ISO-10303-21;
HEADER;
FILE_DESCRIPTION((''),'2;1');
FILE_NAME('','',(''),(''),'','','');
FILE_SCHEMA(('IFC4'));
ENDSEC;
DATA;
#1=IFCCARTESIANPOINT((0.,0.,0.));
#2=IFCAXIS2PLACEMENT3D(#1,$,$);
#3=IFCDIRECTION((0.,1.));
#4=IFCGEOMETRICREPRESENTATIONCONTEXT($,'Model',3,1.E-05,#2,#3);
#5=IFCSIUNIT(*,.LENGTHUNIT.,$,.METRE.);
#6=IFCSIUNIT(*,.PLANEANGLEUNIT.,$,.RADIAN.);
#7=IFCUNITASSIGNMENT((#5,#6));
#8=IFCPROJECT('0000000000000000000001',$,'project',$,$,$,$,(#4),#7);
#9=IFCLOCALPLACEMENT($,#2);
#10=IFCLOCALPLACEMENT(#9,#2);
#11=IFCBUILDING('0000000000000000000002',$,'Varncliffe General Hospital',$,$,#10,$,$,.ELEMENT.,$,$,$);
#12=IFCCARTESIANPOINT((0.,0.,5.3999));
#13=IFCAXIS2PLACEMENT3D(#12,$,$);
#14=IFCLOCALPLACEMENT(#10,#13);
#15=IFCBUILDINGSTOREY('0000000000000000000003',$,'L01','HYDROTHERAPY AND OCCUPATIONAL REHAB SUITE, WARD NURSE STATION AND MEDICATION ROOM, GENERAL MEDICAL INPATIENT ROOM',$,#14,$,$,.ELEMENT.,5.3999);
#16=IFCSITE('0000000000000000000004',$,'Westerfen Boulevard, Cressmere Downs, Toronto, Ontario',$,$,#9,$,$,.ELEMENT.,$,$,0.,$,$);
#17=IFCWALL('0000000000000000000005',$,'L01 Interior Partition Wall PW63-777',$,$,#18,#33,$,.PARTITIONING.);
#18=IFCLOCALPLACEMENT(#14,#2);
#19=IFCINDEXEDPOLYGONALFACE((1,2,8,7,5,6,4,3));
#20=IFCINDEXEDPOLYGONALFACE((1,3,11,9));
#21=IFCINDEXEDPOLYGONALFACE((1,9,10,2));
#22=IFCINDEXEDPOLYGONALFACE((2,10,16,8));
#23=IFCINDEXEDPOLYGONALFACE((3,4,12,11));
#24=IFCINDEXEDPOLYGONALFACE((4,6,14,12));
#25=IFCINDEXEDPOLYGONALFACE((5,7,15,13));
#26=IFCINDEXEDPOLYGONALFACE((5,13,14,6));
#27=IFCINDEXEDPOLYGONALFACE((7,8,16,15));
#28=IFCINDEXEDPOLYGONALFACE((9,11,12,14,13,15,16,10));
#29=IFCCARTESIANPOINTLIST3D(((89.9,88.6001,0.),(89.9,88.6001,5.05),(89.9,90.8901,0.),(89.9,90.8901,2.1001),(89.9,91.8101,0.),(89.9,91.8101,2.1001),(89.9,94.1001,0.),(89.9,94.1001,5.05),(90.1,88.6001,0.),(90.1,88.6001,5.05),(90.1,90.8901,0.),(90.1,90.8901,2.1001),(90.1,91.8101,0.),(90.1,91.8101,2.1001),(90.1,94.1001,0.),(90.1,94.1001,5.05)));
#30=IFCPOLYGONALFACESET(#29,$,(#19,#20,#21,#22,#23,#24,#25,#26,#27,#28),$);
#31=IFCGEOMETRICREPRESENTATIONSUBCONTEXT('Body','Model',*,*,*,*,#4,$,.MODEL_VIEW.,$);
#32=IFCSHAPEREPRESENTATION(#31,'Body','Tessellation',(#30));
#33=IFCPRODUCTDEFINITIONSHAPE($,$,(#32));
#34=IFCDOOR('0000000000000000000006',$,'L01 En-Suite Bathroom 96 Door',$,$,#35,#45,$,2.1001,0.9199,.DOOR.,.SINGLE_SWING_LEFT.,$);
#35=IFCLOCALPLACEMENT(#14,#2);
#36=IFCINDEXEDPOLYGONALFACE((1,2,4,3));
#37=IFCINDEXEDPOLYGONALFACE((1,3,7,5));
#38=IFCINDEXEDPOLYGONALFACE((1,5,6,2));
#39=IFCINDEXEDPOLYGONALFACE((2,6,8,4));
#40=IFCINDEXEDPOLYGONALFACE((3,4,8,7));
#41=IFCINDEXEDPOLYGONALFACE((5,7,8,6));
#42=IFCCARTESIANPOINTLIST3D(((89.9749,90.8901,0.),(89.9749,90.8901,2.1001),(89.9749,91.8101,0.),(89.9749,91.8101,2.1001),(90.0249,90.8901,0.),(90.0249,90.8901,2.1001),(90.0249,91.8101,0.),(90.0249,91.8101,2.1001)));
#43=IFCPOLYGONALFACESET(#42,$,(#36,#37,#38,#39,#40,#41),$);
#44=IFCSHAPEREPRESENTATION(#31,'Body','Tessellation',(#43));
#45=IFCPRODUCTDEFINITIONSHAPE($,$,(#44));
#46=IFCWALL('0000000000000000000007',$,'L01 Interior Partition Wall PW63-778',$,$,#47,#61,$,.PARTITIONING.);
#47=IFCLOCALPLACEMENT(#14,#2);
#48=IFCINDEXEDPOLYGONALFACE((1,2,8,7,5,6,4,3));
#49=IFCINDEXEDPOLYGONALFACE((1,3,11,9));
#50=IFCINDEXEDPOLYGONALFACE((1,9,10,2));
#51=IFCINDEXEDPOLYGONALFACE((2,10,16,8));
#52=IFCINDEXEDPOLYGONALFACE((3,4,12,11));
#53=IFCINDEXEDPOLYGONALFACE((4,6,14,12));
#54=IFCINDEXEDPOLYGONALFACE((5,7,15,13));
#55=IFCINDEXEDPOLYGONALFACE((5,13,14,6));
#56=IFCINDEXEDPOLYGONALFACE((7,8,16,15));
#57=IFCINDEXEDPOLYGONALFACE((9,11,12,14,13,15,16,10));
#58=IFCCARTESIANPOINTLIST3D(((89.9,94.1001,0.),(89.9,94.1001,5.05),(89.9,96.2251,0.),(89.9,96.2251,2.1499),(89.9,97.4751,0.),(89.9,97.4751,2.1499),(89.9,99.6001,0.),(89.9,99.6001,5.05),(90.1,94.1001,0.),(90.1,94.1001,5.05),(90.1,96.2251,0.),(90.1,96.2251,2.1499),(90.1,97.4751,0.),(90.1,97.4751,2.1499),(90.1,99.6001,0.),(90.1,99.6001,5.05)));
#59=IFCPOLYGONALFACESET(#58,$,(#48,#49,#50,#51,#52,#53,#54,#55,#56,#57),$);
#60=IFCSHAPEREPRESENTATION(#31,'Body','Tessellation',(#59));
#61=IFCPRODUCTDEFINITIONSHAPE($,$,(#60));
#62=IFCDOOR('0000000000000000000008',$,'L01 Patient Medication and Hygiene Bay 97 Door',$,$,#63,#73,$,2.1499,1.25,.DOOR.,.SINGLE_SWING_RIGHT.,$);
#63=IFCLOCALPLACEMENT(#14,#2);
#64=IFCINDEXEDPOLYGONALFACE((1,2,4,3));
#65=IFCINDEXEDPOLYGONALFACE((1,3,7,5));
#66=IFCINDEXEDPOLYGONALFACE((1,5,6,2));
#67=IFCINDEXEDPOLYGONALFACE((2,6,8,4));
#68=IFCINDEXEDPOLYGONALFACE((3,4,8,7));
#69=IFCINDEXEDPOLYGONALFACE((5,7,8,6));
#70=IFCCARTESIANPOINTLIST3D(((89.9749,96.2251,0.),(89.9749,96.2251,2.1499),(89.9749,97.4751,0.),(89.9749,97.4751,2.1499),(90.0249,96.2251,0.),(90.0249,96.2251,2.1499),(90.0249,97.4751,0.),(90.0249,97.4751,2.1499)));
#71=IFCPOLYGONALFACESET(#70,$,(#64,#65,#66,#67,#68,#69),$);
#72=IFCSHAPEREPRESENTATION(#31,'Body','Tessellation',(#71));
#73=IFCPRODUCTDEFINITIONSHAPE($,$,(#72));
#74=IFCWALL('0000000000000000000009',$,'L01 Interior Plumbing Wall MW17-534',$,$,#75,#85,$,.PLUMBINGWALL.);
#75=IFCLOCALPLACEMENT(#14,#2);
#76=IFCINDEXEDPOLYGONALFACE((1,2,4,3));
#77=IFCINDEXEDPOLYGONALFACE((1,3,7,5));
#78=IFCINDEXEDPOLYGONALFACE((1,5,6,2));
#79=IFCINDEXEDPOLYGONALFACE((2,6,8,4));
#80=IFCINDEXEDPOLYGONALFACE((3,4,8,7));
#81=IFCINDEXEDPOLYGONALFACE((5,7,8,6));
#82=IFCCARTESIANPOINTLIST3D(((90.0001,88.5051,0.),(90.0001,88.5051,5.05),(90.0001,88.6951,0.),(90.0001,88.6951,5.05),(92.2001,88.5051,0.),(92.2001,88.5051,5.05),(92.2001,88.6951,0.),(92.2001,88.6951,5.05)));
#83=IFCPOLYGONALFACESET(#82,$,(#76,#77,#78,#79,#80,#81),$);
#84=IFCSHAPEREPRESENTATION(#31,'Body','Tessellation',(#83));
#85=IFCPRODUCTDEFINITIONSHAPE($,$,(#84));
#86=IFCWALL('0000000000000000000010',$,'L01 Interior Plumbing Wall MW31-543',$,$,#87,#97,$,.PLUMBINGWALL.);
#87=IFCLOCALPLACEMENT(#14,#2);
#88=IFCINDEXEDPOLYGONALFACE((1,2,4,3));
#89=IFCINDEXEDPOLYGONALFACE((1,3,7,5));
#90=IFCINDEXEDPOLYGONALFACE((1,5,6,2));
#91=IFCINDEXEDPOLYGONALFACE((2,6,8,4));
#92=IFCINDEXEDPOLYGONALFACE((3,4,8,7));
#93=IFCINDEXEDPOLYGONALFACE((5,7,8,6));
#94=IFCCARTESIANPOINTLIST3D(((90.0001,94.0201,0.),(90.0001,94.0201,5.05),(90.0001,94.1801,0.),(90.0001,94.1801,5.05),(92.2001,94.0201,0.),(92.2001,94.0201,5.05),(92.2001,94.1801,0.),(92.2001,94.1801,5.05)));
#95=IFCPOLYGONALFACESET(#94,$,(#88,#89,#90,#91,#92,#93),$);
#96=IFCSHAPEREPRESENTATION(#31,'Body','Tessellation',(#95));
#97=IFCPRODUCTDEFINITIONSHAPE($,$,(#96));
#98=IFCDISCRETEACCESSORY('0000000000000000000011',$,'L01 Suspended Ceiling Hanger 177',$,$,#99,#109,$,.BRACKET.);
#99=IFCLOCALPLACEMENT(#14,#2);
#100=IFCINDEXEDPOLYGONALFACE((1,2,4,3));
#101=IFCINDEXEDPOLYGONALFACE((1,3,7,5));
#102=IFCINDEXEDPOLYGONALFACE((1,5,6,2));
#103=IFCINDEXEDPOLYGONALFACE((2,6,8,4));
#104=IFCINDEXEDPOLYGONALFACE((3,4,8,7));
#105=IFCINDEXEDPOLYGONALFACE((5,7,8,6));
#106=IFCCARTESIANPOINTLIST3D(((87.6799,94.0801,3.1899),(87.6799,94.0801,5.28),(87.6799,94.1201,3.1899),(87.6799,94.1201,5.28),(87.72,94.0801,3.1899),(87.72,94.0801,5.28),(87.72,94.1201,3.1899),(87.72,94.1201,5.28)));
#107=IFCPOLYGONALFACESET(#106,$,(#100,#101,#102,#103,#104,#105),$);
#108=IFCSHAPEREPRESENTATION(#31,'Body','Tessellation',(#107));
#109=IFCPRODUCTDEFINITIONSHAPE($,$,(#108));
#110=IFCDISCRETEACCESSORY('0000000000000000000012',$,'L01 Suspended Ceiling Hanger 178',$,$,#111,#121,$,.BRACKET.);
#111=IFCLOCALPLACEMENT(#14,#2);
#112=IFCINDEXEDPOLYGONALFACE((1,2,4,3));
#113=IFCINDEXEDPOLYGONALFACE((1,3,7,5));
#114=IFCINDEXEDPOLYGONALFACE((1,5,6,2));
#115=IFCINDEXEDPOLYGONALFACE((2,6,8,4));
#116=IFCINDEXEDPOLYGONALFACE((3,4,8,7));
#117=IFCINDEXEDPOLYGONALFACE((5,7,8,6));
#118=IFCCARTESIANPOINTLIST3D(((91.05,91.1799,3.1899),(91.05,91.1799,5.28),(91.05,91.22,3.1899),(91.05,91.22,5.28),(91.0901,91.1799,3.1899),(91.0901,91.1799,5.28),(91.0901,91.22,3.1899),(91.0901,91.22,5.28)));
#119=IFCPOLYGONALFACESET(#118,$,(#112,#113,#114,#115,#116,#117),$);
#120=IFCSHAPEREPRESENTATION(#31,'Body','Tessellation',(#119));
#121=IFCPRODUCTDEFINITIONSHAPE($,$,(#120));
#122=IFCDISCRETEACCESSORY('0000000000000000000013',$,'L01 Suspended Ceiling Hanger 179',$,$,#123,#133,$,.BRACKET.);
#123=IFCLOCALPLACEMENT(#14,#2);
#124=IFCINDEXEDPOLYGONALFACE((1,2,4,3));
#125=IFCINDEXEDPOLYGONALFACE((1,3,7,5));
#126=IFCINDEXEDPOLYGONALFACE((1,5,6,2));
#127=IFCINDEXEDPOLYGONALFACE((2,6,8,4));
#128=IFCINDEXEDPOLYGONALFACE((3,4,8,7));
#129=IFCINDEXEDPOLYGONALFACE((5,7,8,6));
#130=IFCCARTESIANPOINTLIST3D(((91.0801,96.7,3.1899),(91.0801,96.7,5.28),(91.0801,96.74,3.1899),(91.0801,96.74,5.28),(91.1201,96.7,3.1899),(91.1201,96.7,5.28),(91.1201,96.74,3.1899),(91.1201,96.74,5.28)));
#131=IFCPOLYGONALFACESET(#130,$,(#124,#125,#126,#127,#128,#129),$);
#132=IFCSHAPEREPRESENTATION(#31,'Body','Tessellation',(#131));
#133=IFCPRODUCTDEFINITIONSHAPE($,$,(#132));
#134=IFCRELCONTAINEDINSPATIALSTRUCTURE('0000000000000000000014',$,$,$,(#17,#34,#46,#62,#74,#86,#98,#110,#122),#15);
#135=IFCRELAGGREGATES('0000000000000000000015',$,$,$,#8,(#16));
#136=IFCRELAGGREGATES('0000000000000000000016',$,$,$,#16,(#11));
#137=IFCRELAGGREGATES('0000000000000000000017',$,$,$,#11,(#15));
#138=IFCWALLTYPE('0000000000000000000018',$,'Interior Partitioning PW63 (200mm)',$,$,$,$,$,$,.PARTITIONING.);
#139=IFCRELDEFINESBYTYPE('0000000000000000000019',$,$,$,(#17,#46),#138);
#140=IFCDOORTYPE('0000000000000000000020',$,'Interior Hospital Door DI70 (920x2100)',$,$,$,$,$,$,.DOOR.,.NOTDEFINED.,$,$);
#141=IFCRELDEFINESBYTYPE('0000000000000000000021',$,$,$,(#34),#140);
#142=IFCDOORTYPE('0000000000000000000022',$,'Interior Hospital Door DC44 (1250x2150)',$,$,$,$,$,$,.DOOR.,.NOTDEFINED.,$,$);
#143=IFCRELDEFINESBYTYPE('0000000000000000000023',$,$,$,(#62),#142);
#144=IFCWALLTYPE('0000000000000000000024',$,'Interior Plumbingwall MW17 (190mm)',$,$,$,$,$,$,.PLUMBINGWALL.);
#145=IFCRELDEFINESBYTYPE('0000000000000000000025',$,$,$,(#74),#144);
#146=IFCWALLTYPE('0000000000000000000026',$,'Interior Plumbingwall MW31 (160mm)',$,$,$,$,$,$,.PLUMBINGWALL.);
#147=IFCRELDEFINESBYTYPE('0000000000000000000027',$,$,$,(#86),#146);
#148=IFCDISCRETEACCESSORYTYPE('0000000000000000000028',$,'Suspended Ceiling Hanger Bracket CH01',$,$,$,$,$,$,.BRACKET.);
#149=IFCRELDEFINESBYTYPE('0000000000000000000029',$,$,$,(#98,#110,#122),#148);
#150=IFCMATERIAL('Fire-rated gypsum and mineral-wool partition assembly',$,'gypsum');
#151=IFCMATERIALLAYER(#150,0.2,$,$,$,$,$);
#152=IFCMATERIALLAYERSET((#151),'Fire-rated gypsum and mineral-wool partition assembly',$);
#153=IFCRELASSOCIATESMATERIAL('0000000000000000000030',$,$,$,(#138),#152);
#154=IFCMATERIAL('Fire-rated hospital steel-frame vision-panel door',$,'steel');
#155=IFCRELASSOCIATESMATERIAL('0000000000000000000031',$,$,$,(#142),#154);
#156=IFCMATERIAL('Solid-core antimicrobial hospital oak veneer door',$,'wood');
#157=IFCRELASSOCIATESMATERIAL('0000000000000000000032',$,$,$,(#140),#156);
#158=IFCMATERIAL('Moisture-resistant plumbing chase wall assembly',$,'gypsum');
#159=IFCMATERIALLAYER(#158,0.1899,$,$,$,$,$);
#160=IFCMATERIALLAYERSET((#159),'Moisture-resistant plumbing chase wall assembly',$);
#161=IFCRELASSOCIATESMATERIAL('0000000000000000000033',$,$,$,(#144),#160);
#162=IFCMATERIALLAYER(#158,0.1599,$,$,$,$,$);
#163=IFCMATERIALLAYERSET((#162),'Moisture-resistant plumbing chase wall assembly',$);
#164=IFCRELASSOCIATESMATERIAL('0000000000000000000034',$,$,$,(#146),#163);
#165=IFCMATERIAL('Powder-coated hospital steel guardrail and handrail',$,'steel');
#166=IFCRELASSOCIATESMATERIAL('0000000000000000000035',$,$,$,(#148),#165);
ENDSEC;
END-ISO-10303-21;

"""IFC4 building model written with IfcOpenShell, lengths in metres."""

from ifc_helpers import new_model, si_unit, direction, frame, frame_2d, origin, origin_2d, place, context, subcontext, project, spatial, rectangle, extrude, material, layer, layer_set, type_object, element, fill, save


model = new_model("IFC4")

# Units and contexts
model_context = context("Model", 3, precision=1e-05, world=origin(), true_north=direction((0.0, 1.0)))
body_context = subcontext(model_context, "Body", "Model", "MODEL_VIEW")
ifc_project = project(units=[si_unit("LENGTHUNIT", "METRE"), si_unit("PLANEANGLEUNIT", "RADIAN")], contexts=[model_context])

# Site, building, storey
site_placement = place(None, origin())
site = spatial("IfcSite", under=ifc_project, at=site_placement, Name="Westerfen Boulevard, Cressmere Downs, Toronto, Ontario", CompositionType="ELEMENT", RefElevation=0.0)
building_placement = place(site_placement, origin())
building = spatial("IfcBuilding", under=site, at=building_placement, Name="Varncliffe General Hospital", CompositionType="ELEMENT")
storey_placement = place(building_placement, frame((0.0, 0.0, 5.3999)))
storey = spatial("IfcBuildingStorey", under=building, at=storey_placement, Name="L01", Description="HYDROTHERAPY AND OCCUPATIONAL REHAB SUITE, WARD NURSE STATION AND MEDICATION ROOM, GENERAL MEDICAL INPATIENT ROOM", CompositionType="ELEMENT", Elevation=5.3999)

# Shared definitions
ifc_material_1 = material(Name="Fire-rated gypsum and mineral-wool partition assembly", Category="gypsum")
ifc_material_2 = material(Name="Fire-rated hospital steel-frame vision-panel door", Category="steel")

# Walls, openings, doors
ifc_layer_1 = layer(ifc_material_1, 0.2)
ifc_layer_set_1 = layer_set([ifc_layer_1], Name="Fire-rated gypsum and mineral-wool partition assembly")
wall_type_1 = type_object("IfcWallType", Name="Interior Partitioning PW63 (200mm)", PredefinedType="PARTITIONING", material=ifc_layer_set_1)
door_type_1 = type_object("IfcDoorType", Name="Interior Hospital Door DC44 (1250x2150)", OperationType="NOTDEFINED", PredefinedType="DOOR", material=ifc_material_2)
wall_1_placement = place(storey_placement, frame((90.0, 88.6001, 0.0), z_axis=(0.0, 0.0, 1.0), x_axis=(0.0, 1.0, 0.0)))
wall_1 = element("IfcWall", 1, at=wall_1_placement, inside=storey, type_object=wall_type_1, Name="L01 Interior Partition Wall PW63-777", PredefinedType="PARTITIONING", context=body_context, shape_type="SweptSolid", body=[
    extrude(rectangle(XDim=5.5, YDim=0.2, at=frame_2d((2.75, 0.0))), origin(), (0.0, 0.0, 1.0), 5.05),
])
opening_1_placement = place(wall_1_placement, frame((2.29, 0.0, 0.0)))
opening_1 = element("IfcOpeningElement", 2, at=opening_1_placement, cuts=wall_1, PredefinedType="OPENING", context=body_context, shape_type="SweptSolid", body=[
    extrude(rectangle(XDim=0.9199, YDim=2.1001, at=frame_2d((0.46, 1.05))), frame((0.0, 0.1099, 0.0), z_axis=(0.0, -1.0, 0.0), x_axis=(1.0, 0.0, 0.0)), (0.0, 0.0, 1.0), 0.22),
])
ifc_material_3 = material(Name="Solid-core antimicrobial hospital oak veneer door", Category="wood")
door_type_2 = type_object("IfcDoorType", Name="Interior Hospital Door DI70 (920x2100)", OperationType="NOTDEFINED", PredefinedType="DOOR", material=ifc_material_3)
door_1_placement = place(opening_1_placement, frame((0.9199, 0.0, 0.0), z_axis=(0.0, 0.0, 1.0), x_axis=(-1.0, 0.0, 0.0)))
door_1 = element("IfcDoor", 3, at=door_1_placement, inside=storey, type_object=door_type_2, Name="L01 En-Suite Bathroom 96 Door", OperationType="SINGLE_SWING_LEFT", OverallHeight=2.1001, OverallWidth=0.9199, PredefinedType="DOOR", context=body_context, shape_type="SweptSolid", body=[
    extrude(rectangle(XDim=0.9199, YDim=2.1001, at=frame_2d((0.46, 1.05))), frame((0.0, 0.0249, 0.0), z_axis=(0.0, -1.0, 0.0), x_axis=(1.0, 0.0, 0.0)), (0.0, 0.0, 1.0), 0.05),
])
fill(opening_1, door_1)
wall_2_placement = place(storey_placement, frame((90.0, 94.1001, 0.0), z_axis=(0.0, 0.0, 1.0), x_axis=(0.0, 1.0, 0.0)))
wall_2 = element("IfcWall", 4, at=wall_2_placement, inside=storey, type_object=wall_type_1, Name="L01 Interior Partition Wall PW63-778", PredefinedType="PARTITIONING", context=body_context, shape_type="SweptSolid", body=[
    extrude(rectangle(XDim=5.5, YDim=0.2, at=frame_2d((2.75, 0.0))), origin(), (0.0, 0.0, 1.0), 5.05),
])
opening_2_placement = place(wall_2_placement, frame((2.125, 0.0, 0.0)))
opening_2 = element("IfcOpeningElement", 5, at=opening_2_placement, cuts=wall_2, PredefinedType="OPENING", context=body_context, shape_type="SweptSolid", body=[
    extrude(rectangle(XDim=1.25, YDim=2.1499, at=frame_2d((0.625, 1.075))), frame((0.0, 0.1099, 0.0), z_axis=(0.0, -1.0, 0.0), x_axis=(1.0, 0.0, 0.0)), (0.0, 0.0, 1.0), 0.22),
])
door_2_placement = place(opening_2_placement, frame((1.25, 0.0, 0.0), z_axis=(0.0, 0.0, 1.0), x_axis=(-1.0, 0.0, 0.0)))
door_2 = element("IfcDoor", 6, at=door_2_placement, inside=storey, type_object=door_type_1, Name="L01 Patient Medication and Hygiene Bay 97 Door", OperationType="SINGLE_SWING_RIGHT", OverallHeight=2.1499, OverallWidth=1.25, PredefinedType="DOOR", context=body_context, shape_type="SweptSolid", body=[
    extrude(rectangle(XDim=1.25, YDim=2.1499, at=frame_2d((0.625, 1.075))), frame((0.0, 0.0249, 0.0), z_axis=(0.0, -1.0, 0.0), x_axis=(1.0, 0.0, 0.0)), (0.0, 0.0, 1.0), 0.05),
])
fill(opening_2, door_2)

# Walls
ifc_material_4 = material(Name="Moisture-resistant plumbing chase wall assembly", Category="gypsum")
ifc_layer_2 = layer(ifc_material_4, 0.1899)
ifc_layer_set_2 = layer_set([ifc_layer_2], Name="Moisture-resistant plumbing chase wall assembly")
wall_type_2 = type_object("IfcWallType", Name="Interior Plumbingwall MW17 (190mm)", PredefinedType="PLUMBINGWALL", material=ifc_layer_set_2)
wall_3_placement = place(storey_placement, frame((90.0, 88.6001, 0.0), z_axis=(0.0, 0.0, 1.0), x_axis=(1.0, 0.0, 0.0)))
element("IfcWall", 7, at=wall_3_placement, inside=storey, type_object=wall_type_2, Name="L01 Interior Plumbing Wall MW17-534", PredefinedType="PLUMBINGWALL", context=body_context, shape_type="SweptSolid", body=[
    extrude(rectangle(XDim=2.2, YDim=0.1899, at=frame_2d((1.1001, 0.0))), origin(), (0.0, 0.0, 1.0), 5.05),
])
ifc_layer_3 = layer(ifc_material_4, 0.1599)
ifc_layer_set_3 = layer_set([ifc_layer_3], Name="Moisture-resistant plumbing chase wall assembly")
wall_type_3 = type_object("IfcWallType", Name="Interior Plumbingwall MW31 (160mm)", PredefinedType="PLUMBINGWALL", material=ifc_layer_set_3)
wall_4_placement = place(storey_placement, frame((90.0, 94.1001, 0.0), z_axis=(0.0, 0.0, 1.0), x_axis=(1.0, 0.0, 0.0)))
element("IfcWall", 8, at=wall_4_placement, inside=storey, type_object=wall_type_3, Name="L01 Interior Plumbing Wall MW31-543", PredefinedType="PLUMBINGWALL", context=body_context, shape_type="SweptSolid", body=[
    extrude(rectangle(XDim=2.2, YDim=0.1599, at=frame_2d((1.1001, 0.0))), origin(), (0.0, 0.0, 1.0), 5.05),
])

# Discrete accessories
ifc_material_5 = material(Name="Powder-coated hospital steel guardrail and handrail", Category="steel")
discrete_accessory_type = type_object("IfcDiscreteAccessoryType", Name="Suspended Ceiling Hanger Bracket CH01", PredefinedType="BRACKET", material=ifc_material_5)
for number, where, z_axis, x_axis, name in (
    (9, (87.7, 94.1001, 3.1899), (0.0, 0.0, 1.0), (1.0, 0.0, 0.0), "L01 Suspended Ceiling Hanger 177"),
    (10, (91.0701, 91.2, 3.1899), (0.0, 0.0, 1.0), (1.0, 0.0, 0.0), "L01 Suspended Ceiling Hanger 178"),
    (11, (91.1001, 96.72, 3.1899), (0.0, 0.0, 1.0), (1.0, 0.0, 0.0), "L01 Suspended Ceiling Hanger 179"),
):
    element("IfcDiscreteAccessory", number, at=place(storey_placement, frame(where, z_axis=z_axis, x_axis=x_axis)), inside=storey, type_object=discrete_accessory_type, Name=name, PredefinedType="BRACKET", context=body_context, shape_type="SweptSolid", body=[
        extrude(rectangle(XDim=0.04, YDim=0.04, at=origin_2d()), origin(), (0.0, 0.0, 1.0), 2.0901),
    ])

save(model, "model.ifc")
